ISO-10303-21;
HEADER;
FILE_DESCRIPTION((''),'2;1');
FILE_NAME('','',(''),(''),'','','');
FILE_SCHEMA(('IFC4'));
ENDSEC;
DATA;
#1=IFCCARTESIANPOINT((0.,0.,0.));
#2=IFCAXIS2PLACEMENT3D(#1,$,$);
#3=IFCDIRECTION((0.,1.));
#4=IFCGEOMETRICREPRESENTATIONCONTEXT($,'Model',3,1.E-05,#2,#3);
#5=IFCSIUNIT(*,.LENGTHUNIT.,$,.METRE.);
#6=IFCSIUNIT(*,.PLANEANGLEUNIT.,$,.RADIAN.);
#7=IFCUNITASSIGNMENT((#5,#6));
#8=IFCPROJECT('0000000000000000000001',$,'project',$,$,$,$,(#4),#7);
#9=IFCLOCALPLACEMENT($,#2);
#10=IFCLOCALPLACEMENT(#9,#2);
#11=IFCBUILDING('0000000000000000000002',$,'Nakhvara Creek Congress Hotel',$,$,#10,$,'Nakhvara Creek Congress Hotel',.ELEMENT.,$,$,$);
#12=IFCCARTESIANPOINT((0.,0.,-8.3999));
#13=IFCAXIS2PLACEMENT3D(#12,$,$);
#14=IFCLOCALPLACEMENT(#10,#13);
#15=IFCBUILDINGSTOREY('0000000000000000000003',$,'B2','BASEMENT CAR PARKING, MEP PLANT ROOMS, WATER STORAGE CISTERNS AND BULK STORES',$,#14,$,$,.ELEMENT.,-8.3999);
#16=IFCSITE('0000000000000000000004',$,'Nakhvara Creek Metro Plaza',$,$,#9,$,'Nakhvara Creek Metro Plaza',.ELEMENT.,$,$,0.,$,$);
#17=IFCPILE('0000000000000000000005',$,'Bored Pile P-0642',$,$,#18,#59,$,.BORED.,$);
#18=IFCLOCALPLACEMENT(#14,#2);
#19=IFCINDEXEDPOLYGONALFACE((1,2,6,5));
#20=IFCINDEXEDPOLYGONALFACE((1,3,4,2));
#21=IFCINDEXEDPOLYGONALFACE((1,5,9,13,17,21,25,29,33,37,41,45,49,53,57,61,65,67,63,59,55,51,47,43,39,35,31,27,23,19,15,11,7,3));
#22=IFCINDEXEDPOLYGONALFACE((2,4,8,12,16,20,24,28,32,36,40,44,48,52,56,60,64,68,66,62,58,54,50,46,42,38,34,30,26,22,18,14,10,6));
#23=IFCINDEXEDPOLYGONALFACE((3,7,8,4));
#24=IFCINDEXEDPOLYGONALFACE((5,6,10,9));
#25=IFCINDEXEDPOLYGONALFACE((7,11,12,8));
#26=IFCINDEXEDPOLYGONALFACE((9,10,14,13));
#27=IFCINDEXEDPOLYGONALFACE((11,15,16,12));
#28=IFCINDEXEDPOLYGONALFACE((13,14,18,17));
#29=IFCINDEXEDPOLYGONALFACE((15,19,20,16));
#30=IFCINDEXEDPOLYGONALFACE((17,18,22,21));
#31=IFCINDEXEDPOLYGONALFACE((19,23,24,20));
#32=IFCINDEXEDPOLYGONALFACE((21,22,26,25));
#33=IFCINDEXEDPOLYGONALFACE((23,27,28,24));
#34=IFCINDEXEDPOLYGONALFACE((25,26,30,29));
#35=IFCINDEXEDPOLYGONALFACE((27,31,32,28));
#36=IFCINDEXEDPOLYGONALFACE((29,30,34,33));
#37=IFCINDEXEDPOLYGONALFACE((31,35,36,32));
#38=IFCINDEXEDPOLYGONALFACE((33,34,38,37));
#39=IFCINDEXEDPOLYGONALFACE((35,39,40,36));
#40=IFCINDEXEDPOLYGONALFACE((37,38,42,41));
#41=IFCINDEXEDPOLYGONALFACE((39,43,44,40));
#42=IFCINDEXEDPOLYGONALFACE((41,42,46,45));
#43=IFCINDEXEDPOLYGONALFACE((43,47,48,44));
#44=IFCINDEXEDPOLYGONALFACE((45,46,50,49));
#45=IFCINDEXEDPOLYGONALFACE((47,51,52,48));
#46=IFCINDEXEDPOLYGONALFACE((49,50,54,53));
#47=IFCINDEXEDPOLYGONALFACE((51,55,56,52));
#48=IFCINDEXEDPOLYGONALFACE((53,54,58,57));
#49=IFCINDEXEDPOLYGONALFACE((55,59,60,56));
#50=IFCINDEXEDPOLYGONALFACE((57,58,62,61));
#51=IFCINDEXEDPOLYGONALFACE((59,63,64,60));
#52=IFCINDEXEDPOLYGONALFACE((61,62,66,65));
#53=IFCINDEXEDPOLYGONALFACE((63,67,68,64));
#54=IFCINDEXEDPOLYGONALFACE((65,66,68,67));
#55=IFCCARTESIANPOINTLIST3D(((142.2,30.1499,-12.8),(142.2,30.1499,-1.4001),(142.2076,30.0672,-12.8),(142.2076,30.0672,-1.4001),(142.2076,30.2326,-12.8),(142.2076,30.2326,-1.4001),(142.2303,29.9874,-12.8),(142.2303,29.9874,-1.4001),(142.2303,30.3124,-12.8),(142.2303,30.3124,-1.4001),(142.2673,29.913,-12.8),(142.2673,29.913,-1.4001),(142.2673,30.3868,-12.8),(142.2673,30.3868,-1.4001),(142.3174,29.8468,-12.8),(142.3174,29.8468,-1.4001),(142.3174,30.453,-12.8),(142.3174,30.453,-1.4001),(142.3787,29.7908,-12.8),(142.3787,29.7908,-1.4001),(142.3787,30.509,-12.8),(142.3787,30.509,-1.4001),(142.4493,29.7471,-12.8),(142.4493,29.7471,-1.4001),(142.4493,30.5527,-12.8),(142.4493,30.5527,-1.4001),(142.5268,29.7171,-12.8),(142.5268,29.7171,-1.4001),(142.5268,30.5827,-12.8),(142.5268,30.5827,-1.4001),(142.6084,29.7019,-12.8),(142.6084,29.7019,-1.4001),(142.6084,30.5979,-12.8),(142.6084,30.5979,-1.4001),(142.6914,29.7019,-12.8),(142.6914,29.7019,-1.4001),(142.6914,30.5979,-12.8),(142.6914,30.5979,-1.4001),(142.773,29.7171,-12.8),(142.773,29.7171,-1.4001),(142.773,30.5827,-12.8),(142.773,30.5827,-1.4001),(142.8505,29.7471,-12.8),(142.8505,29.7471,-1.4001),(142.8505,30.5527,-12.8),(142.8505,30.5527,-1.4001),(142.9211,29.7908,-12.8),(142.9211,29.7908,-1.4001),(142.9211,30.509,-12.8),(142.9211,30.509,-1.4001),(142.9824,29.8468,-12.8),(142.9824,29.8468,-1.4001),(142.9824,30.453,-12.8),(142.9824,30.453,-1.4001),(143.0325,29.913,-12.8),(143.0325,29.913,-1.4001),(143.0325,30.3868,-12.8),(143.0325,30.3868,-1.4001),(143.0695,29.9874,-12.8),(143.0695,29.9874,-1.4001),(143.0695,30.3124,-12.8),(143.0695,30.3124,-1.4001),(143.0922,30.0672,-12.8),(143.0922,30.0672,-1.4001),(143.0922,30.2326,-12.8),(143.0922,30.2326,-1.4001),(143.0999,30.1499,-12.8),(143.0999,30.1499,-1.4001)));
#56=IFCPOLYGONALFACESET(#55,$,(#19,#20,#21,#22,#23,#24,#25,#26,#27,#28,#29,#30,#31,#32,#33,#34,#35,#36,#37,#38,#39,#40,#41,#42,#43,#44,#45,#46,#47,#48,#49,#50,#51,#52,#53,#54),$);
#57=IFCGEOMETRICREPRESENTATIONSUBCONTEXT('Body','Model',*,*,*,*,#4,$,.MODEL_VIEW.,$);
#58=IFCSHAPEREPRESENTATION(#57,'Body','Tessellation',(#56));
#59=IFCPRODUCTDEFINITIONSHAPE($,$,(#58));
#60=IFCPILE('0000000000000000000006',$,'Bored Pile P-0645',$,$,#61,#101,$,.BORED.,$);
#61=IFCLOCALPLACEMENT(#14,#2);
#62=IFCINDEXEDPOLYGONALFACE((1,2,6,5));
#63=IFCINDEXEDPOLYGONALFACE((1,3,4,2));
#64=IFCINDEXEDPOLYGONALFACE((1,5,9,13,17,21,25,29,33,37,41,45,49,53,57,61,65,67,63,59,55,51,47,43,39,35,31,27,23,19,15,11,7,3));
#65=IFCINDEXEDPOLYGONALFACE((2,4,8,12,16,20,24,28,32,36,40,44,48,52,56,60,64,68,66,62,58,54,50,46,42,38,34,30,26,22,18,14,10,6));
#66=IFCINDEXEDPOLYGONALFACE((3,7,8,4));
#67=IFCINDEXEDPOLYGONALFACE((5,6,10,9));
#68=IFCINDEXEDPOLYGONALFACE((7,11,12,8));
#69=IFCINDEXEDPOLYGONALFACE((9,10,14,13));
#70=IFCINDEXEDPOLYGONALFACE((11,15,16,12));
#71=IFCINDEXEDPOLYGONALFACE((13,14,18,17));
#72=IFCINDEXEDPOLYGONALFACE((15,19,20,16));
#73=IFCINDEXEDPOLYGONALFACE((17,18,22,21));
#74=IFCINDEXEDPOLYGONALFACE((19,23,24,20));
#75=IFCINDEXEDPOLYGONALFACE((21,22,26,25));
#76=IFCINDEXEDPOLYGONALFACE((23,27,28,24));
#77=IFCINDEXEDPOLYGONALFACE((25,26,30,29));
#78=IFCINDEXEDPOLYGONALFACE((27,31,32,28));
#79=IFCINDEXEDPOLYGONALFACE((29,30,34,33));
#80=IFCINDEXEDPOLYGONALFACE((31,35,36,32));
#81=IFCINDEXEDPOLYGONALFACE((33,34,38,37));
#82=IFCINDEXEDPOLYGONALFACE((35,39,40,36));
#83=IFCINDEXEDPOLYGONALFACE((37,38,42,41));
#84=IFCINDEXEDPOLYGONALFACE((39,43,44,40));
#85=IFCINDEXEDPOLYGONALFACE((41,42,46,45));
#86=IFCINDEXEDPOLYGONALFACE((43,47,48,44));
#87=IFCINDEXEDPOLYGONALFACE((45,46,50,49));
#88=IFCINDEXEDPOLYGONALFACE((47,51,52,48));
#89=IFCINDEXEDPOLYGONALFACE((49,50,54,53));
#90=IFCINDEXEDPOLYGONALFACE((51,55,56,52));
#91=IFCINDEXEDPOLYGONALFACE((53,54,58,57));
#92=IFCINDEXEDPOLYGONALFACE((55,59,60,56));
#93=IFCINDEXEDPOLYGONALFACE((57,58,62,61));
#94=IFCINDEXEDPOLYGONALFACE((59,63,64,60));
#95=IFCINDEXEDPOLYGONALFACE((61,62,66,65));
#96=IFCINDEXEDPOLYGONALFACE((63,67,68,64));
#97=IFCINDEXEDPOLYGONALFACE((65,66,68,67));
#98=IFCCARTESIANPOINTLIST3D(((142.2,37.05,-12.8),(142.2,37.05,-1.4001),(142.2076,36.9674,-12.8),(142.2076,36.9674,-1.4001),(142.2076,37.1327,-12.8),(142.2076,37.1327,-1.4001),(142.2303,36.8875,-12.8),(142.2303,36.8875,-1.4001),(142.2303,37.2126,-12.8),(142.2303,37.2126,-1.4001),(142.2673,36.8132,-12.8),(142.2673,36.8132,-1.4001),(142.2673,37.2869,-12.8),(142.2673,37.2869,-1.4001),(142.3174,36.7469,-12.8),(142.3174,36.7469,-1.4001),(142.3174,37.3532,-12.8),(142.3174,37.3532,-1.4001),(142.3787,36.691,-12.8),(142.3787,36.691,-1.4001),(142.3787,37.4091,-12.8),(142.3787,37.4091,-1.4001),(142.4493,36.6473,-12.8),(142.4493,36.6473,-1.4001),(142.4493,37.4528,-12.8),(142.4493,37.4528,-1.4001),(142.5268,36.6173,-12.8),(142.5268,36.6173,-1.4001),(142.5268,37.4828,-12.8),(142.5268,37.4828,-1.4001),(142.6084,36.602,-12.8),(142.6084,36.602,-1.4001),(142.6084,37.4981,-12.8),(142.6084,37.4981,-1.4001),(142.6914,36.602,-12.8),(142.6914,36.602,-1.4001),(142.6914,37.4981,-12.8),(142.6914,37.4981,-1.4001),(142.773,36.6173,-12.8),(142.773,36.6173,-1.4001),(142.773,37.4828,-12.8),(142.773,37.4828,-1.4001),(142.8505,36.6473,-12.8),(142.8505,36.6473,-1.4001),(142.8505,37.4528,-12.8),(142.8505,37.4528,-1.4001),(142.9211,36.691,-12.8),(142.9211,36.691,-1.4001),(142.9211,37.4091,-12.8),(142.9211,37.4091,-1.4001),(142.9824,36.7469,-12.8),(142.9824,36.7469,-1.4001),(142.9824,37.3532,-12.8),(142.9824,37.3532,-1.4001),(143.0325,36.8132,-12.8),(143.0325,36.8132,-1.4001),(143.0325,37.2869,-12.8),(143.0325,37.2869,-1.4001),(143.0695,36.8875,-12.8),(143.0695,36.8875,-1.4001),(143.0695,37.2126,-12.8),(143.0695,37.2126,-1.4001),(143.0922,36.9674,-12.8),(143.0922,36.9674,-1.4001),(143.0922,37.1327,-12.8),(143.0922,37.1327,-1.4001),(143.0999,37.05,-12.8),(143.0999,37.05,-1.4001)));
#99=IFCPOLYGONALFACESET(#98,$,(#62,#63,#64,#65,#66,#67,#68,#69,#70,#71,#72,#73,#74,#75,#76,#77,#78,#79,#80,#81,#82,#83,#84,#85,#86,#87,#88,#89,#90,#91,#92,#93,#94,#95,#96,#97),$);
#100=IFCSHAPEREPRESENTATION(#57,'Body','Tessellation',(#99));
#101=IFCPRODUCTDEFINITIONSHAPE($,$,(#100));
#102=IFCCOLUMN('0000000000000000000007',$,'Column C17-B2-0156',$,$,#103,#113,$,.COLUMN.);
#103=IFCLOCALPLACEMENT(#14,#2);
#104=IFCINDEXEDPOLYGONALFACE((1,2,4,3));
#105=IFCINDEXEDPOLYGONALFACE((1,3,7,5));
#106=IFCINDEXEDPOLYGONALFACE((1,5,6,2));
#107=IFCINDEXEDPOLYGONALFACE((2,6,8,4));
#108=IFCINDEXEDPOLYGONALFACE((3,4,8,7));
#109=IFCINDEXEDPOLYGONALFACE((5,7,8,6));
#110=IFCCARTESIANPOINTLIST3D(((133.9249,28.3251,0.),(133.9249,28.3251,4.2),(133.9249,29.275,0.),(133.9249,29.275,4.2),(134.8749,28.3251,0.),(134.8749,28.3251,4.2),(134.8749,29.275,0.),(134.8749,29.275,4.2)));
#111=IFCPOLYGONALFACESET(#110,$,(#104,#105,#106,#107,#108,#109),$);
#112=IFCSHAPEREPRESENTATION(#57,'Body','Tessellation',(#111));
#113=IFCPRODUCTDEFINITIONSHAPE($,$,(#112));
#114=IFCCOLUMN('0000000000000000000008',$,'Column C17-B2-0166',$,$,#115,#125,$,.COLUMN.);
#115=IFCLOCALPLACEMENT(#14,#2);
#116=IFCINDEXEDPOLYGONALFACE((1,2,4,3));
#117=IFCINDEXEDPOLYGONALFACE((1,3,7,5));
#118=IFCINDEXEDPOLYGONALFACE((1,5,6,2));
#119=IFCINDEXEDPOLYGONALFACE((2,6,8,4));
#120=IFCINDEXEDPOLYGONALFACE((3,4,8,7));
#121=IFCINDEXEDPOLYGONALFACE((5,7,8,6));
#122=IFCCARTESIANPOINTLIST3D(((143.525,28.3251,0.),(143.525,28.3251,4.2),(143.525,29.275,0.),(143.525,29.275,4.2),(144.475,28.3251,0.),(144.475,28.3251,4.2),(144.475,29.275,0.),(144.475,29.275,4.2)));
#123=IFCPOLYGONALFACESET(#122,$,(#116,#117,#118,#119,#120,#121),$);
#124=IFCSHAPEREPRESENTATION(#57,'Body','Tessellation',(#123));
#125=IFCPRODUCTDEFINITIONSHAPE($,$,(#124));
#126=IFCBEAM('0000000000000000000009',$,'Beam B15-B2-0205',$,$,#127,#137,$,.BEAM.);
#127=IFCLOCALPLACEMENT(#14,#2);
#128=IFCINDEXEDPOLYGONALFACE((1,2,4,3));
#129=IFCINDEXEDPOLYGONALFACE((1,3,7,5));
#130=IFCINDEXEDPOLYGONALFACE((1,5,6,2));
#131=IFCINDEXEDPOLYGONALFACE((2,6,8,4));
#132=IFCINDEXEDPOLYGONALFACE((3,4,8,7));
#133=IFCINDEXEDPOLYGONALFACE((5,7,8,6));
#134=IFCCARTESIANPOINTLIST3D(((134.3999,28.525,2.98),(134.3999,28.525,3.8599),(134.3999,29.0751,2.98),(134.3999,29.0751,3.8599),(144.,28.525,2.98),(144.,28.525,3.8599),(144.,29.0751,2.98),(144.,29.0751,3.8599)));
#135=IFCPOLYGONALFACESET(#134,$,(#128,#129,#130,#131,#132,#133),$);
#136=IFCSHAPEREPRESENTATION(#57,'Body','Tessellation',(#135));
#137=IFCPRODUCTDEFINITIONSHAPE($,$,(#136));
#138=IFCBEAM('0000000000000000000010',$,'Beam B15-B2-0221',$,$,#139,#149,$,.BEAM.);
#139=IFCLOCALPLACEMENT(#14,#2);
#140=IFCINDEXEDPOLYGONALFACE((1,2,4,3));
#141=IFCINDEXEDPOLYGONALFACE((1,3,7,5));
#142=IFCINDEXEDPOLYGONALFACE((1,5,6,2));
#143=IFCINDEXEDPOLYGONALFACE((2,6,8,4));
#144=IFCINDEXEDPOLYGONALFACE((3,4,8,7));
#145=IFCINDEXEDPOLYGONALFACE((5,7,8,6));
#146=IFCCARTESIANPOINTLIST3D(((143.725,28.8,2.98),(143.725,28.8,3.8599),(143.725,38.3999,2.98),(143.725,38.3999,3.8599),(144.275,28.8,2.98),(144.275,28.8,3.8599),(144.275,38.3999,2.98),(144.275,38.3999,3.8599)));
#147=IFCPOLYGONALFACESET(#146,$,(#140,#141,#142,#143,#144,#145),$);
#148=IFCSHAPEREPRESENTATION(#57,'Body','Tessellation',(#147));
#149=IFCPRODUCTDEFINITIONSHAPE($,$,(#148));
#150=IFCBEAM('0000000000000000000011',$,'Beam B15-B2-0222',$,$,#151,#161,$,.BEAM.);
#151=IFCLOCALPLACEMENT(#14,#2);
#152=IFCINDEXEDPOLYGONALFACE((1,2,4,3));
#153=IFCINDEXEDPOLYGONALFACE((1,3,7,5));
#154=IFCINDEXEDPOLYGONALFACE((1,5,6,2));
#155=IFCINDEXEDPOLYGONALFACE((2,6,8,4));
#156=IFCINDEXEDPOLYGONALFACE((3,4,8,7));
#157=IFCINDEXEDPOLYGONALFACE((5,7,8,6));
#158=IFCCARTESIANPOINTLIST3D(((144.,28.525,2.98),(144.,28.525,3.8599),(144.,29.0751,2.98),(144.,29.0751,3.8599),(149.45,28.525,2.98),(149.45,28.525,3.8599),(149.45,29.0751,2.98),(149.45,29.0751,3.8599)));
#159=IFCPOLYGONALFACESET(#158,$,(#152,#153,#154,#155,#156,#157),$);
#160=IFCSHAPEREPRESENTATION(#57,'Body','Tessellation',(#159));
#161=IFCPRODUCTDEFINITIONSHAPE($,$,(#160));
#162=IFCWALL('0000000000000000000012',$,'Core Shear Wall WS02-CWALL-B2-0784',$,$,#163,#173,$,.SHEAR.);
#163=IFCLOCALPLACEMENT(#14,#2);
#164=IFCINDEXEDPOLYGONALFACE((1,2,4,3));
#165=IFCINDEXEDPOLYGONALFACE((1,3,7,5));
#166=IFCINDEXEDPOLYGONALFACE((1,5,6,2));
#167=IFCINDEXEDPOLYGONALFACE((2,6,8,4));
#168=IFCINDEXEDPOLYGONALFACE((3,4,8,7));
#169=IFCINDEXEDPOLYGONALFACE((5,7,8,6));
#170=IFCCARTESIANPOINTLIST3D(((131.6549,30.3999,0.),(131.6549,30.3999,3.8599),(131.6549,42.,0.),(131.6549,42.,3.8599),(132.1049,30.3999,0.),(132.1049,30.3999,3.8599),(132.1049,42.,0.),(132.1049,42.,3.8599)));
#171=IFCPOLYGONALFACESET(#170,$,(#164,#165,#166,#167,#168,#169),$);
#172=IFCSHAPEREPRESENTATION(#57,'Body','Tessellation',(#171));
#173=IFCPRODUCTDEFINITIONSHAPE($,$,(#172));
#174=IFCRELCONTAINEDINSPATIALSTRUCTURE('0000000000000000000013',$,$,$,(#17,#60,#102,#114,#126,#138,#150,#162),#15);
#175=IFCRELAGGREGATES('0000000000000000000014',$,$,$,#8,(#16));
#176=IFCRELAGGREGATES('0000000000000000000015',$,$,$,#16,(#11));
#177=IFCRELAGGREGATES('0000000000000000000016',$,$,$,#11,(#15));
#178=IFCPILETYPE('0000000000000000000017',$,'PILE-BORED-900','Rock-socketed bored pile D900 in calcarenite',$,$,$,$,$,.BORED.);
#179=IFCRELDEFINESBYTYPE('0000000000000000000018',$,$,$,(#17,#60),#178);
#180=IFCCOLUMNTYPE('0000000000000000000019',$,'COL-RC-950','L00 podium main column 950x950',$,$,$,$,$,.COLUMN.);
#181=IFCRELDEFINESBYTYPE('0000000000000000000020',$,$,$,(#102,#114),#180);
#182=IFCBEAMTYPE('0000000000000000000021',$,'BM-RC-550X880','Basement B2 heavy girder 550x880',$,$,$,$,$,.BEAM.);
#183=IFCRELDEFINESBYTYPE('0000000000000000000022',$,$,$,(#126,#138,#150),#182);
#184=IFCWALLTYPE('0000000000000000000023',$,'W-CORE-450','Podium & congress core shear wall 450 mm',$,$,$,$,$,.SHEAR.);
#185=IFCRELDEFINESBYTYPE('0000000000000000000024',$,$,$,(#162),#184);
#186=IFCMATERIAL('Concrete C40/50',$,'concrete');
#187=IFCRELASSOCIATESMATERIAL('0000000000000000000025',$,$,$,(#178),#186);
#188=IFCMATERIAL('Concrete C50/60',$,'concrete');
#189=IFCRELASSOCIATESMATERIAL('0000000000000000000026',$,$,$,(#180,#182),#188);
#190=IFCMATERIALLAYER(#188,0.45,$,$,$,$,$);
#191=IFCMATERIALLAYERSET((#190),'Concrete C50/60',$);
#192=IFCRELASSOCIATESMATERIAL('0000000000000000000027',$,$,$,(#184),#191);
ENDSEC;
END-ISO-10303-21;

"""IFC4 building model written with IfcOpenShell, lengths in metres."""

from ifc_helpers import new_model, si_unit, direction, frame, frame_2d, origin, origin_2d, place, context, subcontext, project, spatial, rectangle, circle, extrude, material, layer, layer_set, material_profile, profile_set, type_object, element, save


model = new_model("IFC4")

# Units and contexts
model_context = context("Model", 3, precision=1e-05, world=origin(), true_north=direction((0.0, 1.0)))
body_context = subcontext(model_context, "Body", "Model", "MODEL_VIEW")
ifc_project = project(units=[si_unit("LENGTHUNIT", "METRE"), si_unit("PLANEANGLEUNIT", "RADIAN")], contexts=[model_context])

# Site, building, storey
site_placement = place(None, origin())
site = spatial("IfcSite", under=ifc_project, at=site_placement, Name="Nakhvara Creek Metro Plaza", LongName="Nakhvara Creek Metro Plaza", CompositionType="ELEMENT", RefElevation=0.0)
building_placement = place(site_placement, origin())
building = spatial("IfcBuilding", under=site, at=building_placement, Name="Nakhvara Creek Congress Hotel", LongName="Nakhvara Creek Congress Hotel", CompositionType="ELEMENT")
storey_placement = place(building_placement, frame((0.0, 0.0, -8.3999)))
storey = spatial("IfcBuildingStorey", under=building, at=storey_placement, Name="B2", Description="BASEMENT CAR PARKING, MEP PLANT ROOMS, WATER STORAGE CISTERNS AND BULK STORES", CompositionType="ELEMENT", Elevation=-8.3999)

# Shared definitions
ifc_material_1 = material(Name="Concrete C40/50", Category="concrete")

# Piles
ifc_material_profile_1 = material_profile(ifc_material_1, circle(Radius=0.45, at=origin_2d()), Name="BORED PILE D900", Category="LoadBearing")
ifc_profile_set_1 = profile_set([ifc_material_profile_1], Name="Concrete C40/50")
pile_type = type_object("IfcPileType", Name="PILE-BORED-900", Description="Rock-socketed bored pile D900 in calcarenite", PredefinedType="BORED", material=ifc_profile_set_1)
for number, where, z_axis, x_axis, name in (
    (1, (142.6499, 30.1499, -1.4001), (0.0, 0.0, -1.0), (1.0, 0.0, 0.0), "Bored Pile P-0642"),
    (2, (142.6499, 37.05, -1.4001), (0.0, 0.0, -1.0), (1.0, 0.0, 0.0), "Bored Pile P-0645"),
):
    element("IfcPile", number, at=place(storey_placement, frame(where, z_axis=z_axis, x_axis=x_axis)), inside=storey, type_object=pile_type, Name=name, PredefinedType="BORED", context=body_context, shape_type="SweptSolid", body=[
        extrude(circle(Radius=0.45, at=origin_2d()), origin(), (0.0, 0.0, 1.0), 11.3999),
    ])

# Columns
ifc_material_2 = material(Name="Concrete C50/60", Category="concrete")
ifc_material_profile_2 = material_profile(ifc_material_2, rectangle(XDim=0.95, YDim=0.95, at=origin_2d()), Name="RC-COL 950x950", Category="LoadBearing")
ifc_profile_set_2 = profile_set([ifc_material_profile_2], Name="Concrete C50/60")
column_type = type_object("IfcColumnType", Name="COL-RC-950", Description="L00 podium main column 950x950", PredefinedType="COLUMN", material=ifc_profile_set_2)
for number, where, z_axis, x_axis, name in (
    (3, (134.3999, 28.8, 0.0), (0.0, 0.0, 1.0), (1.0, 0.0, 0.0), "Column C17-B2-0156"),
    (4, (144.0, 28.8, 0.0), (0.0, 0.0, 1.0), (1.0, 0.0, 0.0), "Column C17-B2-0166"),
):
    element("IfcColumn", number, at=place(storey_placement, frame(where, z_axis=z_axis, x_axis=x_axis)), inside=storey, type_object=column_type, Name=name, PredefinedType="COLUMN", context=body_context, shape_type="SweptSolid", body=[
        extrude(rectangle(XDim=0.95, YDim=0.95, at=origin_2d()), origin(), (0.0, 0.0, 1.0), 4.2),
    ])

# Beams
ifc_material_profile_3 = material_profile(ifc_material_2, rectangle(XDim=0.55, YDim=0.8799, at=origin_2d()), Name="RC-BM 550x880", Category="LoadBearing")
ifc_profile_set_3 = profile_set([ifc_material_profile_3], Name="Concrete C50/60")
beam_type = type_object("IfcBeamType", Name="BM-RC-550X880", Description="Basement B2 heavy girder 550x880", PredefinedType="BEAM", material=ifc_profile_set_3)
beam_1_placement = place(storey_placement, frame((134.3999, 28.8, 3.4199), z_axis=(1.0, 0.0, 0.0), x_axis=(0.0, 1.0, 0.0)))
element("IfcBeam", 5, at=beam_1_placement, inside=storey, type_object=beam_type, Name="Beam B15-B2-0205", PredefinedType="BEAM", context=body_context, shape_type="SweptSolid", body=[
    extrude(rectangle(XDim=0.55, YDim=0.8799, at=origin_2d()), origin(), (0.0, 0.0, 1.0), 9.6001),
])
beam_2_placement = place(storey_placement, frame((144.0, 28.8, 3.4199), z_axis=(0.0, 1.0, 0.0), x_axis=(-1.0, 0.0, 0.0)))
element("IfcBeam", 6, at=beam_2_placement, inside=storey, type_object=beam_type, Name="Beam B15-B2-0221", PredefinedType="BEAM", context=body_context, shape_type="SweptSolid", body=[
    extrude(rectangle(XDim=0.55, YDim=0.8799, at=origin_2d()), origin(), (0.0, 0.0, 1.0), 9.5999),
])
beam_3_placement = place(storey_placement, frame((144.0, 28.8, 3.4199), z_axis=(1.0, 0.0, 0.0), x_axis=(0.0, 1.0, 0.0)))
element("IfcBeam", 7, at=beam_3_placement, inside=storey, type_object=beam_type, Name="Beam B15-B2-0222", PredefinedType="BEAM", context=body_context, shape_type="SweptSolid", body=[
    extrude(rectangle(XDim=0.55, YDim=0.8799, at=origin_2d()), origin(), (0.0, 0.0, 1.0), 5.45),
])

# Wall
ifc_layer_1 = layer(ifc_material_2, 0.45)
ifc_layer_set_1 = layer_set([ifc_layer_1], Name="Concrete C50/60")
wall_type_1 = type_object("IfcWallType", Name="W-CORE-450", Description="Podium & congress core shear wall 450 mm", PredefinedType="SHEAR", material=ifc_layer_set_1)
wall_1_placement = place(storey_placement, frame((131.8799, 30.3999, 0.0), z_axis=(0.0, 0.0, 1.0), x_axis=(0.0, 1.0, 0.0)))
element("IfcWall", 8, at=wall_1_placement, inside=storey, type_object=wall_type_1, Name="Core Shear Wall WS02-CWALL-B2-0784", PredefinedType="SHEAR", context=body_context, shape_type="SweptSolid", body=[
    extrude(rectangle(XDim=11.6001, YDim=0.45, at=frame_2d((5.8, 0.0))), origin(), (0.0, 0.0, 1.0), 3.8599),
])

save(model, "model.ifc")
